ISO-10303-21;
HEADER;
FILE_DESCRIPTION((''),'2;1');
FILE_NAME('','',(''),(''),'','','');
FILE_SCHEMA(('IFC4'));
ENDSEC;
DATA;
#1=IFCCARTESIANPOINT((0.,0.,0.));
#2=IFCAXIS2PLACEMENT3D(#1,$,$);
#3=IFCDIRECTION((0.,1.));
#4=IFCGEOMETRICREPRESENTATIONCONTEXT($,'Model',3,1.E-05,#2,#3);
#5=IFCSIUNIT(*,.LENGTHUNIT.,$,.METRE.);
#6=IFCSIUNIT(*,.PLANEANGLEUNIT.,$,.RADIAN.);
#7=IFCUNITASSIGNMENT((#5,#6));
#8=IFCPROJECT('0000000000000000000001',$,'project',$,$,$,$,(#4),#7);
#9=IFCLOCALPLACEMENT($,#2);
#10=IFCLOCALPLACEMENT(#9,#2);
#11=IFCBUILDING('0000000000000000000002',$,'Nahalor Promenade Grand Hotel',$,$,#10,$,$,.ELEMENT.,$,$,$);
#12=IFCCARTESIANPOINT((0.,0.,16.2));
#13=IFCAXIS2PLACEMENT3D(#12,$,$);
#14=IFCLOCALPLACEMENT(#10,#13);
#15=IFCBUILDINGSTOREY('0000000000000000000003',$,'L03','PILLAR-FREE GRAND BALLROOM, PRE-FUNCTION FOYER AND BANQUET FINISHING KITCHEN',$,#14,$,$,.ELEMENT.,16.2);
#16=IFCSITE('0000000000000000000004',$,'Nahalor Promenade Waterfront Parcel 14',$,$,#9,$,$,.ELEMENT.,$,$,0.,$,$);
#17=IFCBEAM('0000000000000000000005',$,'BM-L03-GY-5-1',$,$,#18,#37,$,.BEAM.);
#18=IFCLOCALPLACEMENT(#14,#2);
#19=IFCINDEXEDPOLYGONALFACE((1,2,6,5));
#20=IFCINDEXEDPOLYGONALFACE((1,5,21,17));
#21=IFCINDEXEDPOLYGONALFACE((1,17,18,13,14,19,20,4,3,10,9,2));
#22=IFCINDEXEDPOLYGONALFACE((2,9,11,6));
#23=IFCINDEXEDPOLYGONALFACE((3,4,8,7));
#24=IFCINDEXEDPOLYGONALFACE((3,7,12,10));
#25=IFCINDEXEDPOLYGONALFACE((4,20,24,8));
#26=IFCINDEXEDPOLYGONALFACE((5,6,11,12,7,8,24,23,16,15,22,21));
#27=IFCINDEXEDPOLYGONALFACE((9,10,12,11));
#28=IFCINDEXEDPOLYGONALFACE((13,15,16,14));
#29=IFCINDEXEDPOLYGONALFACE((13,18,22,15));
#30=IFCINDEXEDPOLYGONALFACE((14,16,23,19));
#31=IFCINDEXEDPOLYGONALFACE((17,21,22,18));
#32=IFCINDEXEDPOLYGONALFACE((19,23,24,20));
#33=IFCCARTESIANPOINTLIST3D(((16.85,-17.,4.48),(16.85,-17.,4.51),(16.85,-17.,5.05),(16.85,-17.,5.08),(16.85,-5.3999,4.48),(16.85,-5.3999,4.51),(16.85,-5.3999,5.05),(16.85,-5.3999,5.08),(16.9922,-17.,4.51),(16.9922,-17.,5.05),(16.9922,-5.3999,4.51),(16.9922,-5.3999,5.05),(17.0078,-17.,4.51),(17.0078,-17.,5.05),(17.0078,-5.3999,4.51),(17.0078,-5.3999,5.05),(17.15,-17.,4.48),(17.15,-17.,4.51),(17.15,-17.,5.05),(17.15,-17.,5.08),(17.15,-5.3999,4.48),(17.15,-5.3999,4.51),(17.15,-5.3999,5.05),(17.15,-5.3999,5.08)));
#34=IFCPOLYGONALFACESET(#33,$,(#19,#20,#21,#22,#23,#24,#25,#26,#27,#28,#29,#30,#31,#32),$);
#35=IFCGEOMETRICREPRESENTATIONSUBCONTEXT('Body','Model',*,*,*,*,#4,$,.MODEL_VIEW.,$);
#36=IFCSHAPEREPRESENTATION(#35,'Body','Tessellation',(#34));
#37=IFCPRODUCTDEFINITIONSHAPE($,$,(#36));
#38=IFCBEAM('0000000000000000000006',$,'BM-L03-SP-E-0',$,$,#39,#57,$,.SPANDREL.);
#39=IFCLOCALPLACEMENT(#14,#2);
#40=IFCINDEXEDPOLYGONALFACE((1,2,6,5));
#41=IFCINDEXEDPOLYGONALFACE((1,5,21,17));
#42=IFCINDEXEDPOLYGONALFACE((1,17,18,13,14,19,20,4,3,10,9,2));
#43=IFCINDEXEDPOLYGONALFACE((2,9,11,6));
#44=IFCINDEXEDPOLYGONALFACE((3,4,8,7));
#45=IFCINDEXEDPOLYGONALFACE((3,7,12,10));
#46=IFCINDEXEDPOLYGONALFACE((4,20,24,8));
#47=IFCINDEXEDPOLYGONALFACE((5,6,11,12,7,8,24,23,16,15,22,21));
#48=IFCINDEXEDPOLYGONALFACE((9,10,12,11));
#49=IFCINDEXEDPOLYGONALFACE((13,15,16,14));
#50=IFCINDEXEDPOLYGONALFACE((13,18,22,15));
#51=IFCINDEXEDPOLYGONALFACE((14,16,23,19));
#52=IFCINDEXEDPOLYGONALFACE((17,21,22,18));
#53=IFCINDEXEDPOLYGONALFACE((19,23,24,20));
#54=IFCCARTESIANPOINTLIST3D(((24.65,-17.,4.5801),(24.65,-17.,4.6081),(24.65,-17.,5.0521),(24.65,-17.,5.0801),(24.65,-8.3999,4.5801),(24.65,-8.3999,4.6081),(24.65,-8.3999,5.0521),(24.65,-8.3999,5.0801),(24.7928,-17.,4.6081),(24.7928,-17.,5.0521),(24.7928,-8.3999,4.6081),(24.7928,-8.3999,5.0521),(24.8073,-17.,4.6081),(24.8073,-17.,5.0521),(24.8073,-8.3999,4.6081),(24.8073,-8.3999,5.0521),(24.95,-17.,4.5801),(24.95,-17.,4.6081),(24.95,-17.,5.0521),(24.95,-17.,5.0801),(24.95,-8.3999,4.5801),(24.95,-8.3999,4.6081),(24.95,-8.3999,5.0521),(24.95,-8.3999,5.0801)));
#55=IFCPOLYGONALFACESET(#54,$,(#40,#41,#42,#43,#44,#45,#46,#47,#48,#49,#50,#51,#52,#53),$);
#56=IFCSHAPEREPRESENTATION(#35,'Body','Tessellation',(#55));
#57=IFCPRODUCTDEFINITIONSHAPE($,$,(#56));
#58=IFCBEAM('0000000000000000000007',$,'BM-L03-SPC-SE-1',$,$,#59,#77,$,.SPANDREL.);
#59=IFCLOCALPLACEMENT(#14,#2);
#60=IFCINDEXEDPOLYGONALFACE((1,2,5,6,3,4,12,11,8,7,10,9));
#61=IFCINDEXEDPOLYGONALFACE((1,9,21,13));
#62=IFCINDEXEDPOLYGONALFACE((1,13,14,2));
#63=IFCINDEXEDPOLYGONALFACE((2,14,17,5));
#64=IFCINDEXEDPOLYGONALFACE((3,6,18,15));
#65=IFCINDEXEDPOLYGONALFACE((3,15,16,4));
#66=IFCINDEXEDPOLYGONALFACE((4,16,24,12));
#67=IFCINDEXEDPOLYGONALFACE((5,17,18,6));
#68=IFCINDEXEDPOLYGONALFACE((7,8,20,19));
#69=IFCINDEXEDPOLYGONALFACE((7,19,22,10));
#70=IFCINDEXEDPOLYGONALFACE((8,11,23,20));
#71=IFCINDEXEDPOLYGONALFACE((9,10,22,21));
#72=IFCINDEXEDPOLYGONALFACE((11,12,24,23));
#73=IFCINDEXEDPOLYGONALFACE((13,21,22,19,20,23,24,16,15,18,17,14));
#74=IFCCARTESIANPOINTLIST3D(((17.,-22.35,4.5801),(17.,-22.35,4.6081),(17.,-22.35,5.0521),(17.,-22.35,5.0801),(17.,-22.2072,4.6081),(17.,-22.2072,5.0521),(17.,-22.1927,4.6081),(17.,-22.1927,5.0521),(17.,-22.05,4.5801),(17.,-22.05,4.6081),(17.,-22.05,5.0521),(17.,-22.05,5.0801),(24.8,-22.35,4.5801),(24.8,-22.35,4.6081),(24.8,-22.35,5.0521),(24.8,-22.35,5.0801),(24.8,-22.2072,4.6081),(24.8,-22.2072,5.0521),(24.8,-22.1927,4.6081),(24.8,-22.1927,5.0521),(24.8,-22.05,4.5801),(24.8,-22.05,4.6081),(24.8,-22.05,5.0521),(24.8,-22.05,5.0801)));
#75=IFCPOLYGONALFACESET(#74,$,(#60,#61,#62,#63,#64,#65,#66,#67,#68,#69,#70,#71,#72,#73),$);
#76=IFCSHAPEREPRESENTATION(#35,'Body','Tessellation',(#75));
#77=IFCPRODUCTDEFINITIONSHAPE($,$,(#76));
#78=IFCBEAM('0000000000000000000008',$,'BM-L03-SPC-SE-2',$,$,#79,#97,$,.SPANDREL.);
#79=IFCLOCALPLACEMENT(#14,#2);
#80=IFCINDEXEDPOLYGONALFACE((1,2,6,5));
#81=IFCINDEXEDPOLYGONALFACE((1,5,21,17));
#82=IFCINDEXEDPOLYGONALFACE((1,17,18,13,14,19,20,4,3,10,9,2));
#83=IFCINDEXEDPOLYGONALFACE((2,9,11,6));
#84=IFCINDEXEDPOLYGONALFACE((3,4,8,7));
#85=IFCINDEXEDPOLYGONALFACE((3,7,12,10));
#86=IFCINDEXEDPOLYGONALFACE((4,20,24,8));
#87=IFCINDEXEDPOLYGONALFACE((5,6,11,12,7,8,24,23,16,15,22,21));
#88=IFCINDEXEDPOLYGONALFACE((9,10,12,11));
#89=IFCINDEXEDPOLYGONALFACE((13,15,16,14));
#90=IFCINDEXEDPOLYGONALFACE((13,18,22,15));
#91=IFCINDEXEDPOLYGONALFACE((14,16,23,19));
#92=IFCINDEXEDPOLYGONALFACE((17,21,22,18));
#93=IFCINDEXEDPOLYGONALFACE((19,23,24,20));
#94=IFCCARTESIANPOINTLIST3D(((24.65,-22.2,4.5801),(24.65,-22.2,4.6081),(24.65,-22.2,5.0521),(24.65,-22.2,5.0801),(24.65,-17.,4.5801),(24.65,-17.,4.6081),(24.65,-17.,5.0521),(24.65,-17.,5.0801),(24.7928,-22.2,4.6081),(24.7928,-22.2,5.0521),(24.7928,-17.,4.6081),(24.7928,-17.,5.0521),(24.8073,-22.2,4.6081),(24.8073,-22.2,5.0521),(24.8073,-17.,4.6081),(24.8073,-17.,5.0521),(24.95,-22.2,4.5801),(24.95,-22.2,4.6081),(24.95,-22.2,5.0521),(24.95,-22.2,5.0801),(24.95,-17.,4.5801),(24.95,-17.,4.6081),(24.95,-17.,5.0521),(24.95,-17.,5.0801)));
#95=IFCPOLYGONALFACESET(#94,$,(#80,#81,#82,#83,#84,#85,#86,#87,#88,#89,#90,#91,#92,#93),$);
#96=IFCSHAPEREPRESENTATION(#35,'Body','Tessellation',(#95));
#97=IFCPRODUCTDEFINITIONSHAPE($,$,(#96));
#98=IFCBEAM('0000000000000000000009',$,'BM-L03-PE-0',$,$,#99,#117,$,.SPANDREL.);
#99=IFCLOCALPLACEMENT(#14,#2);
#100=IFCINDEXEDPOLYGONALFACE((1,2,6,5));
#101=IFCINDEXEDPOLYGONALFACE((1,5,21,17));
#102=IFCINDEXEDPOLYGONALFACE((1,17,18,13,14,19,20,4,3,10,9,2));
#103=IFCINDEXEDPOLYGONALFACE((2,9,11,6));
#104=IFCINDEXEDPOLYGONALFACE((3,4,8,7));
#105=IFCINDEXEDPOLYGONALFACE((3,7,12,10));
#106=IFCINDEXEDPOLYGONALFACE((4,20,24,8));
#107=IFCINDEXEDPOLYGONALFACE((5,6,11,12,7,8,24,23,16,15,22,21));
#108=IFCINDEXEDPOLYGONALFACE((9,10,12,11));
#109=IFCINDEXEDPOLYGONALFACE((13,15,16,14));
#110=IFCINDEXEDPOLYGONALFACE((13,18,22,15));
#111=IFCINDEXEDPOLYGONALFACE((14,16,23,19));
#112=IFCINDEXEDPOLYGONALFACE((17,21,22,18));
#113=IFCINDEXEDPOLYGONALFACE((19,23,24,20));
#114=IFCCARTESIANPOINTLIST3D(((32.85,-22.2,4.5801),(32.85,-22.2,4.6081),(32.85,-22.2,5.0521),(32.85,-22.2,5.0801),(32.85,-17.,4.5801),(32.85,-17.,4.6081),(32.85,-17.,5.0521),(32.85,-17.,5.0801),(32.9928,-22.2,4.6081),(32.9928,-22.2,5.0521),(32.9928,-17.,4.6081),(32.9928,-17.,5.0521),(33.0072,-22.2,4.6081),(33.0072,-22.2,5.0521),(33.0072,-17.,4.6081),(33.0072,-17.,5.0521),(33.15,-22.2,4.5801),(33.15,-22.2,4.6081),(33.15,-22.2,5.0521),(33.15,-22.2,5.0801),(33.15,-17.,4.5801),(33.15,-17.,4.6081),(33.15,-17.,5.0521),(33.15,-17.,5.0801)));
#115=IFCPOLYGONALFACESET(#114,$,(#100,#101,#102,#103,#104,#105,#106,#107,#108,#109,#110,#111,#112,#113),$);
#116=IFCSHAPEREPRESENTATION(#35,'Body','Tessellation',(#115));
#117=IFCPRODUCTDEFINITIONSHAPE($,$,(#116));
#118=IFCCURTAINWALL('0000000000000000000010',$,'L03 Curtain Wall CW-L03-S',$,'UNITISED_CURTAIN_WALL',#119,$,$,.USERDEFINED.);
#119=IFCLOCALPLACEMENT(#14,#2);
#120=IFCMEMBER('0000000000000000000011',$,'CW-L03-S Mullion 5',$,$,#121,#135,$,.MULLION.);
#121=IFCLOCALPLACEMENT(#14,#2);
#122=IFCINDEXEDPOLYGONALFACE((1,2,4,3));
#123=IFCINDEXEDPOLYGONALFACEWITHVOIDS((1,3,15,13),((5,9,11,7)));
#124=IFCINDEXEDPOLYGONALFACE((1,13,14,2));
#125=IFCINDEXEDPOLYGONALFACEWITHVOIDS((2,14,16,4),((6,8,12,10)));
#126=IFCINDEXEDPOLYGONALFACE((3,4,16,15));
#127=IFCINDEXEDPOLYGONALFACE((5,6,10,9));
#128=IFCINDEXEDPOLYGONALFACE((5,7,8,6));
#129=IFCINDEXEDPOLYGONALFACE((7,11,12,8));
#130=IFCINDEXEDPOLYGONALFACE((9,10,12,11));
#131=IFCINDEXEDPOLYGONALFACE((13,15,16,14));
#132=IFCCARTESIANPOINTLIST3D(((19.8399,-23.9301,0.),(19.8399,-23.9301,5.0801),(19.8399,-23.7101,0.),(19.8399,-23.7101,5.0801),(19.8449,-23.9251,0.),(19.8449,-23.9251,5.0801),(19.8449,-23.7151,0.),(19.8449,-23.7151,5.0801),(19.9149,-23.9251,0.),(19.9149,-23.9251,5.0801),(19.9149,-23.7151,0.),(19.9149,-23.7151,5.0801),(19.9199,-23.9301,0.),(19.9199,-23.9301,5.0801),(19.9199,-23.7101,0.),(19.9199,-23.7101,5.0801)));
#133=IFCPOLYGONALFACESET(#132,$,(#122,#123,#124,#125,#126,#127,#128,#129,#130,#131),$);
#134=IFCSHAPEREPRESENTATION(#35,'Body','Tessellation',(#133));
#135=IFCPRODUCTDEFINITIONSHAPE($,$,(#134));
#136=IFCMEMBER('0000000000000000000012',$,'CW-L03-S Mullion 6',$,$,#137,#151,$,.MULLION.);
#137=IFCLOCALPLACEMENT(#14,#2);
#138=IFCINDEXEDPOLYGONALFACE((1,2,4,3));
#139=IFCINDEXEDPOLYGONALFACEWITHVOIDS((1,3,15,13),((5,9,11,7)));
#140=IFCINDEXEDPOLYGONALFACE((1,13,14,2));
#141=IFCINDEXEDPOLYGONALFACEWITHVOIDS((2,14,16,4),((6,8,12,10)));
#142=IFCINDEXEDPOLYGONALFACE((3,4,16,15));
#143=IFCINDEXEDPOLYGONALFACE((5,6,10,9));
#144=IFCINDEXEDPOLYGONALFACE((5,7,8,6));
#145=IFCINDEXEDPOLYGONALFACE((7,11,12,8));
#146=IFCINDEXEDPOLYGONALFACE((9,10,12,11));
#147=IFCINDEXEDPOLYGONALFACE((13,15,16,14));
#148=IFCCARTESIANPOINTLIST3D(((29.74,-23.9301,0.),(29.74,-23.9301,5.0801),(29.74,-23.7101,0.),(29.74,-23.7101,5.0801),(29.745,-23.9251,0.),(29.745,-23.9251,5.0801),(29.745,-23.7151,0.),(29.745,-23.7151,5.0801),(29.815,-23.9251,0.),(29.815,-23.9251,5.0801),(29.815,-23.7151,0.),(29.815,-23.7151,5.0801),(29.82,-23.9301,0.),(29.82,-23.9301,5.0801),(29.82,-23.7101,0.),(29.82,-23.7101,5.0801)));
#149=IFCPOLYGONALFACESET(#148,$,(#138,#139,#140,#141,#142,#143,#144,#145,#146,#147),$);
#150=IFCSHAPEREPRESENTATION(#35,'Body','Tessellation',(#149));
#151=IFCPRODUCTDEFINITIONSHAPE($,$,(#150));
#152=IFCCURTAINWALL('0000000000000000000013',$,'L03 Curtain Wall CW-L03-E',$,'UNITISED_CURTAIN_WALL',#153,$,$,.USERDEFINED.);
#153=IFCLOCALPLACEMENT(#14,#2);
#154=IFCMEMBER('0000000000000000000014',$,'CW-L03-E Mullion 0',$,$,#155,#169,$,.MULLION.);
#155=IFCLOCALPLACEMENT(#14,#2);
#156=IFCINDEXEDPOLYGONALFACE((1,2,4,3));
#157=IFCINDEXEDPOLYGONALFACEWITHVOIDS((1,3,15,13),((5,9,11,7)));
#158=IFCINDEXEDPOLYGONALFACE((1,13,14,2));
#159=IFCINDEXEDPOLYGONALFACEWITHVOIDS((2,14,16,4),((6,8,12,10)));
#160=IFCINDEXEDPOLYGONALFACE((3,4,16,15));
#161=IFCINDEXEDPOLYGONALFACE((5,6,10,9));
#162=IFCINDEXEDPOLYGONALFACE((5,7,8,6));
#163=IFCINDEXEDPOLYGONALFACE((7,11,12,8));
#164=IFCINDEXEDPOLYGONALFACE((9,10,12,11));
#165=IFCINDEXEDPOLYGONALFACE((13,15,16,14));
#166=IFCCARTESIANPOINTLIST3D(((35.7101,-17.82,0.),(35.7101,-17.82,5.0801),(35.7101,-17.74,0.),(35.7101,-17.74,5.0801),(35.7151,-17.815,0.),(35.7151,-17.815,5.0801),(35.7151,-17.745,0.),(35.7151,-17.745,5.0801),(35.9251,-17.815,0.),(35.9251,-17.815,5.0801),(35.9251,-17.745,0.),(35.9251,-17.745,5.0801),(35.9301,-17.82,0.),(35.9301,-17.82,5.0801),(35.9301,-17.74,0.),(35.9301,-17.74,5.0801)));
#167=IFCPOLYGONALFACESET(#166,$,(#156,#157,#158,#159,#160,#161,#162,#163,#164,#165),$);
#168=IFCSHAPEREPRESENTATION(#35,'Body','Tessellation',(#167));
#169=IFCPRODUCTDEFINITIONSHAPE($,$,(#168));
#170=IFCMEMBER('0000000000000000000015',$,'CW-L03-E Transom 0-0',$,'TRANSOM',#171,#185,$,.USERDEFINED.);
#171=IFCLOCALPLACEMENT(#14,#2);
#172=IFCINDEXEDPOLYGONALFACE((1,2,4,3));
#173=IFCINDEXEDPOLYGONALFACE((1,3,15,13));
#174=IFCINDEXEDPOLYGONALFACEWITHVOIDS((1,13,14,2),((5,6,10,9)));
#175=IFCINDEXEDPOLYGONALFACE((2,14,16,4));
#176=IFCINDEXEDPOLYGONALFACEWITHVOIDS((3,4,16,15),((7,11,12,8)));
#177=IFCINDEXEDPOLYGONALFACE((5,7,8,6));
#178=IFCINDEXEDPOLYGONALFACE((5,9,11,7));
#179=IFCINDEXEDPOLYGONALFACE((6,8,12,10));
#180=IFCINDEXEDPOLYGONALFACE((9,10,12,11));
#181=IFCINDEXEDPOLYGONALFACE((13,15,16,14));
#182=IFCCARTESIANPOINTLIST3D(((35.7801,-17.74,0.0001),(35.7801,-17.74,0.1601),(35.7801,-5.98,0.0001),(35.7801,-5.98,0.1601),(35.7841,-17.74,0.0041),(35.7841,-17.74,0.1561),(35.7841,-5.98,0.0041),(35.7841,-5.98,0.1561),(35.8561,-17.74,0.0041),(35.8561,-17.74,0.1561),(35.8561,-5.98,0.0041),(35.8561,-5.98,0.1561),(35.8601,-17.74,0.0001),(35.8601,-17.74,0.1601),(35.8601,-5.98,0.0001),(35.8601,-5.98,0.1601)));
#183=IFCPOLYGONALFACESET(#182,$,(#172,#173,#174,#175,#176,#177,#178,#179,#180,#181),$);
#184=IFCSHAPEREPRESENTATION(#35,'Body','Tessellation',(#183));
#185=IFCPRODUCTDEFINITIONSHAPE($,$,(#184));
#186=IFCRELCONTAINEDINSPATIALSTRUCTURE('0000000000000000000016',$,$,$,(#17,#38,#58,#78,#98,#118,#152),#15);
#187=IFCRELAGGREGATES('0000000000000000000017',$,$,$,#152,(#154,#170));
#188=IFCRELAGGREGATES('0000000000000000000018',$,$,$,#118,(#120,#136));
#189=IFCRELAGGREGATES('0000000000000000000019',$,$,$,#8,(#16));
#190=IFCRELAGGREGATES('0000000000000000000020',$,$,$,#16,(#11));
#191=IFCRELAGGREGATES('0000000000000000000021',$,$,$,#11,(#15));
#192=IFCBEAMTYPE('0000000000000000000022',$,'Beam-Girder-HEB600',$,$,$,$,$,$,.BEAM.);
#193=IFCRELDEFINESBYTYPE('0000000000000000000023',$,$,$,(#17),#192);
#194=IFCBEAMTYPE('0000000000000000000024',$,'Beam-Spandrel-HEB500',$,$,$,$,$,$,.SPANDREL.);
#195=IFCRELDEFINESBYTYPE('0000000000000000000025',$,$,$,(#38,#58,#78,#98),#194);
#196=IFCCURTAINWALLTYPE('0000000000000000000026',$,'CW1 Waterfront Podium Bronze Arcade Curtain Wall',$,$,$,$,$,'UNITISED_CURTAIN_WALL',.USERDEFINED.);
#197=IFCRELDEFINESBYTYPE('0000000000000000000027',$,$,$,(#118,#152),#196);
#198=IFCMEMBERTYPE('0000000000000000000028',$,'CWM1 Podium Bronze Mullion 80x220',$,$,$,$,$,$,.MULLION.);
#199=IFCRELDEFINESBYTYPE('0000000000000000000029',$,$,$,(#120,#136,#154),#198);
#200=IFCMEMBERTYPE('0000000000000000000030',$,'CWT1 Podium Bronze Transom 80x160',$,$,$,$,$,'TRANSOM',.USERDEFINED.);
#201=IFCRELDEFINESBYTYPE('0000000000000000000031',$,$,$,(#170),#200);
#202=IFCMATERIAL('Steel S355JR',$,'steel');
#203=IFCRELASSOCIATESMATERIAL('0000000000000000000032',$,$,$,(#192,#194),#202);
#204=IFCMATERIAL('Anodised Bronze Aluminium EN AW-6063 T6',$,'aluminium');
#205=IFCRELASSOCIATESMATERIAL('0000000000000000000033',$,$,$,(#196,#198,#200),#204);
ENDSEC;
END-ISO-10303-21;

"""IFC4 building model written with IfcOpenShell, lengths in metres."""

from ifc_helpers import new_model, si_unit, direction, frame, origin, origin_2d, place, context, subcontext, project, spatial, hollow_rectangle, i_section, extrude, source, transform, mapped, material, material_profile, profile_set, type_object, element, aggregate, save


model = new_model("IFC4")

# Units and contexts
model_context = context("Model", 3, precision=1e-05, world=origin(), true_north=direction((0.0, 1.0)))
body_context = subcontext(model_context, "Body", "Model", "MODEL_VIEW")
ifc_project = project(units=[si_unit("LENGTHUNIT", "METRE"), si_unit("PLANEANGLEUNIT", "RADIAN")], contexts=[model_context])

# Site, building, storey
site_placement = place(None, origin())
site = spatial("IfcSite", under=ifc_project, at=site_placement, Name="Nahalor Promenade Waterfront Parcel 14", CompositionType="ELEMENT", RefElevation=0.0)
building_placement = place(site_placement, origin())
building = spatial("IfcBuilding", under=site, at=building_placement, Name="Nahalor Promenade Grand Hotel", CompositionType="ELEMENT")
storey_placement = place(building_placement, frame((0.0, 0.0, 16.2)))
storey = spatial("IfcBuildingStorey", under=building, at=storey_placement, Name="L03", Description="PILLAR-FREE GRAND BALLROOM, PRE-FUNCTION FOYER AND BANQUET FINISHING KITCHEN", CompositionType="ELEMENT", Elevation=16.2)

# Beams
ifc_material_1 = material(Name="Steel S355JR", Category="steel")
ifc_material_profile_1 = material_profile(ifc_material_1, i_section(OverallWidth=0.3, OverallDepth=0.6, WebThickness=0.0155, FlangeThickness=0.03, at=origin_2d()), Name="HEB 600")
ifc_profile_set_1 = profile_set([ifc_material_profile_1], Name="Steel S355JR")
beam_type_1 = type_object("IfcBeamType", Name="Beam-Girder-HEB600", PredefinedType="BEAM", material=ifc_profile_set_1)
shared_shape_1 = source(origin(), body_context, "Body", "SweptSolid", [
    extrude(i_section(OverallWidth=0.3, OverallDepth=0.6, WebThickness=0.0155, FlangeThickness=0.03, at=origin_2d()), origin(), (0.0, 0.0, 1.0), 11.6001),
])
beam_1_placement = place(storey_placement, frame((17.0, -17.0, 4.78), z_axis=(0.0, 1.0, 0.0), x_axis=(-1.0, 0.0, 0.0)))
element("IfcBeam", 1, at=beam_1_placement, inside=storey, type_object=beam_type_1, Name="BM-L03-GY-5-1", PredefinedType="BEAM", context=body_context, shape_type="MappedRepresentation", body=[
    mapped(shared_shape_1, transform((0.0, 0.0, 0.0), scale=1.0)),
])
ifc_material_profile_2 = material_profile(ifc_material_1, i_section(OverallWidth=0.3, OverallDepth=0.5, WebThickness=0.0145, FlangeThickness=0.028, at=origin_2d()), Name="HEB 500")
ifc_profile_set_2 = profile_set([ifc_material_profile_2], Name="Steel S355JR")
beam_type_2 = type_object("IfcBeamType", Name="Beam-Spandrel-HEB500", PredefinedType="SPANDREL", material=ifc_profile_set_2)
shared_shape_2 = source(origin(), body_context, "Body", "SweptSolid", [
    extrude(i_section(OverallWidth=0.3, OverallDepth=0.5, WebThickness=0.0145, FlangeThickness=0.028, at=origin_2d()), origin(), (0.0, 0.0, 1.0), 8.6001),
])
beam_2_placement = place(storey_placement, frame((24.8, -17.0, 4.8301), z_axis=(0.0, 1.0, 0.0), x_axis=(-1.0, 0.0, 0.0)))
element("IfcBeam", 2, at=beam_2_placement, inside=storey, type_object=beam_type_2, Name="BM-L03-SP-E-0", PredefinedType="SPANDREL", context=body_context, shape_type="MappedRepresentation", body=[
    mapped(shared_shape_2, transform((0.0, 0.0, 0.0), scale=1.0)),
])
shared_shape_3 = source(origin(), body_context, "Body", "SweptSolid", [
    extrude(i_section(OverallWidth=0.3, OverallDepth=0.5, WebThickness=0.0145, FlangeThickness=0.028, at=origin_2d()), origin(), (0.0, 0.0, 1.0), 7.8),
])
beam_3_placement = place(storey_placement, frame((17.0, -22.2, 4.8301), z_axis=(1.0, 0.0, 0.0), x_axis=(0.0, 1.0, 0.0)))
element("IfcBeam", 3, at=beam_3_placement, inside=storey, type_object=beam_type_2, Name="BM-L03-SPC-SE-1", PredefinedType="SPANDREL", context=body_context, shape_type="MappedRepresentation", body=[
    mapped(shared_shape_3, transform((0.0, 0.0, 0.0), scale=1.0)),
])
shared_shape_4 = source(origin(), body_context, "Body", "SweptSolid", [
    extrude(i_section(OverallWidth=0.3, OverallDepth=0.5, WebThickness=0.0145, FlangeThickness=0.028, at=origin_2d()), origin(), (0.0, 0.0, 1.0), 5.2),
])
for number, where, z_axis, x_axis, name in (
    (4, (24.8, -22.2, 4.8301), (0.0, 1.0, 0.0), (-1.0, 0.0, 0.0), "BM-L03-SPC-SE-2"),
    (5, (33.0, -22.2, 4.8301), (0.0, 1.0, 0.0), (-1.0, 0.0, 0.0), "BM-L03-PE-0"),
):
    element("IfcBeam", number, at=place(storey_placement, frame(where, z_axis=z_axis, x_axis=x_axis)), inside=storey, type_object=beam_type_2, Name=name, PredefinedType="SPANDREL", context=body_context, shape_type="MappedRepresentation", body=[
        mapped(shared_shape_4, transform((0.0, 0.0, 0.0), scale=1.0)),
    ])

# Curtain walls, members
ifc_material_2 = material(Name="Anodised Bronze Aluminium EN AW-6063 T6", Category="aluminium")
curtain_wall_type = type_object("IfcCurtainWallType", Name="CW1 Waterfront Podium Bronze Arcade Curtain Wall", ElementType="UNITISED_CURTAIN_WALL", PredefinedType="USERDEFINED", material=ifc_material_2)
curtain_wall_1_placement = place(storey_placement, origin())
curtain_wall_1 = element("IfcCurtainWall", 6, at=curtain_wall_1_placement, inside=storey, type_object=curtain_wall_type, Name="L03 Curtain Wall CW-L03-S", ObjectType="UNITISED_CURTAIN_WALL", PredefinedType="USERDEFINED")
ifc_material_profile_3 = material_profile(ifc_material_2, hollow_rectangle(XDim=0.08, YDim=0.22, WallThickness=0.005, at=origin_2d()), Name="CWM 80x220x5")
ifc_profile_set_3 = profile_set([ifc_material_profile_3], Name="Anodised Bronze Aluminium EN AW-6063 T6")
member_type_1 = type_object("IfcMemberType", Name="CWM1 Podium Bronze Mullion 80x220", PredefinedType="MULLION", material=ifc_profile_set_3)
shared_shape_5 = source(origin(), body_context, "Body", "SweptSolid", [
    extrude(hollow_rectangle(XDim=0.08, YDim=0.22, WallThickness=0.005, at=origin_2d()), origin(), (0.0, 0.0, 1.0), 5.0801),
])
member_1_placement = place(storey_placement, frame((19.8799, -23.8201, 0.0), z_axis=(0.0, 0.0, 1.0), x_axis=(1.0, 0.0, 0.0)))
member_1 = element("IfcMember", 7, at=member_1_placement, type_object=member_type_1, Name="CW-L03-S Mullion 5", PredefinedType="MULLION", context=body_context, shape_type="MappedRepresentation", body=[
    mapped(shared_shape_5, transform((0.0, 0.0, 0.0), scale=1.0)),
])
member_2_placement = place(storey_placement, frame((29.78, -23.8201, 0.0), z_axis=(0.0, 0.0, 1.0), x_axis=(1.0, 0.0, 0.0)))
member_2 = element("IfcMember", 8, at=member_2_placement, type_object=member_type_1, Name="CW-L03-S Mullion 6", PredefinedType="MULLION", context=body_context, shape_type="MappedRepresentation", body=[
    mapped(shared_shape_5, transform((0.0, 0.0, 0.0), scale=1.0)),
])
curtain_wall_2_placement = place(storey_placement, origin())
curtain_wall_2 = element("IfcCurtainWall", 9, at=curtain_wall_2_placement, inside=storey, type_object=curtain_wall_type, Name="L03 Curtain Wall CW-L03-E", ObjectType="UNITISED_CURTAIN_WALL", PredefinedType="USERDEFINED")
member_3_placement = place(storey_placement, frame((35.8201, -17.78, 0.0), z_axis=(0.0, 0.0, 1.0), x_axis=(0.0, 1.0, 0.0)))
member_3 = element("IfcMember", 10, at=member_3_placement, type_object=member_type_1, Name="CW-L03-E Mullion 0", PredefinedType="MULLION", context=body_context, shape_type="MappedRepresentation", body=[
    mapped(shared_shape_5, transform((0.0, 0.0, 0.0), scale=1.0)),
])
ifc_material_profile_4 = material_profile(ifc_material_2, hollow_rectangle(XDim=0.08, YDim=0.16, WallThickness=0.004, at=origin_2d()), Name="CWT 80x160x4")
ifc_profile_set_4 = profile_set([ifc_material_profile_4], Name="Anodised Bronze Aluminium EN AW-6063 T6")
member_type_2 = type_object("IfcMemberType", Name="CWT1 Podium Bronze Transom 80x160", ElementType="TRANSOM", PredefinedType="USERDEFINED", material=ifc_profile_set_4)
shared_shape_6 = source(origin(), body_context, "Body", "SweptSolid", [
    extrude(hollow_rectangle(XDim=0.08, YDim=0.16, WallThickness=0.004, at=origin_2d()), origin(), (0.0, 0.0, 1.0), 11.76),
])
member_4_placement = place(storey_placement, frame((35.8201, -17.74, 0.0801), z_axis=(0.0, 1.0, 0.0), x_axis=(-1.0, 0.0, 0.0)))
member_4 = element("IfcMember", 11, at=member_4_placement, type_object=member_type_2, Name="CW-L03-E Transom 0-0", ObjectType="TRANSOM", PredefinedType="USERDEFINED", context=body_context, shape_type="MappedRepresentation", body=[
    mapped(shared_shape_6, transform((0.0, 0.0, 0.0), scale=1.0)),
])
aggregate(curtain_wall_2, [member_3, member_4])

aggregate(curtain_wall_1, [member_1, member_2])

save(model, "model.ifc")
